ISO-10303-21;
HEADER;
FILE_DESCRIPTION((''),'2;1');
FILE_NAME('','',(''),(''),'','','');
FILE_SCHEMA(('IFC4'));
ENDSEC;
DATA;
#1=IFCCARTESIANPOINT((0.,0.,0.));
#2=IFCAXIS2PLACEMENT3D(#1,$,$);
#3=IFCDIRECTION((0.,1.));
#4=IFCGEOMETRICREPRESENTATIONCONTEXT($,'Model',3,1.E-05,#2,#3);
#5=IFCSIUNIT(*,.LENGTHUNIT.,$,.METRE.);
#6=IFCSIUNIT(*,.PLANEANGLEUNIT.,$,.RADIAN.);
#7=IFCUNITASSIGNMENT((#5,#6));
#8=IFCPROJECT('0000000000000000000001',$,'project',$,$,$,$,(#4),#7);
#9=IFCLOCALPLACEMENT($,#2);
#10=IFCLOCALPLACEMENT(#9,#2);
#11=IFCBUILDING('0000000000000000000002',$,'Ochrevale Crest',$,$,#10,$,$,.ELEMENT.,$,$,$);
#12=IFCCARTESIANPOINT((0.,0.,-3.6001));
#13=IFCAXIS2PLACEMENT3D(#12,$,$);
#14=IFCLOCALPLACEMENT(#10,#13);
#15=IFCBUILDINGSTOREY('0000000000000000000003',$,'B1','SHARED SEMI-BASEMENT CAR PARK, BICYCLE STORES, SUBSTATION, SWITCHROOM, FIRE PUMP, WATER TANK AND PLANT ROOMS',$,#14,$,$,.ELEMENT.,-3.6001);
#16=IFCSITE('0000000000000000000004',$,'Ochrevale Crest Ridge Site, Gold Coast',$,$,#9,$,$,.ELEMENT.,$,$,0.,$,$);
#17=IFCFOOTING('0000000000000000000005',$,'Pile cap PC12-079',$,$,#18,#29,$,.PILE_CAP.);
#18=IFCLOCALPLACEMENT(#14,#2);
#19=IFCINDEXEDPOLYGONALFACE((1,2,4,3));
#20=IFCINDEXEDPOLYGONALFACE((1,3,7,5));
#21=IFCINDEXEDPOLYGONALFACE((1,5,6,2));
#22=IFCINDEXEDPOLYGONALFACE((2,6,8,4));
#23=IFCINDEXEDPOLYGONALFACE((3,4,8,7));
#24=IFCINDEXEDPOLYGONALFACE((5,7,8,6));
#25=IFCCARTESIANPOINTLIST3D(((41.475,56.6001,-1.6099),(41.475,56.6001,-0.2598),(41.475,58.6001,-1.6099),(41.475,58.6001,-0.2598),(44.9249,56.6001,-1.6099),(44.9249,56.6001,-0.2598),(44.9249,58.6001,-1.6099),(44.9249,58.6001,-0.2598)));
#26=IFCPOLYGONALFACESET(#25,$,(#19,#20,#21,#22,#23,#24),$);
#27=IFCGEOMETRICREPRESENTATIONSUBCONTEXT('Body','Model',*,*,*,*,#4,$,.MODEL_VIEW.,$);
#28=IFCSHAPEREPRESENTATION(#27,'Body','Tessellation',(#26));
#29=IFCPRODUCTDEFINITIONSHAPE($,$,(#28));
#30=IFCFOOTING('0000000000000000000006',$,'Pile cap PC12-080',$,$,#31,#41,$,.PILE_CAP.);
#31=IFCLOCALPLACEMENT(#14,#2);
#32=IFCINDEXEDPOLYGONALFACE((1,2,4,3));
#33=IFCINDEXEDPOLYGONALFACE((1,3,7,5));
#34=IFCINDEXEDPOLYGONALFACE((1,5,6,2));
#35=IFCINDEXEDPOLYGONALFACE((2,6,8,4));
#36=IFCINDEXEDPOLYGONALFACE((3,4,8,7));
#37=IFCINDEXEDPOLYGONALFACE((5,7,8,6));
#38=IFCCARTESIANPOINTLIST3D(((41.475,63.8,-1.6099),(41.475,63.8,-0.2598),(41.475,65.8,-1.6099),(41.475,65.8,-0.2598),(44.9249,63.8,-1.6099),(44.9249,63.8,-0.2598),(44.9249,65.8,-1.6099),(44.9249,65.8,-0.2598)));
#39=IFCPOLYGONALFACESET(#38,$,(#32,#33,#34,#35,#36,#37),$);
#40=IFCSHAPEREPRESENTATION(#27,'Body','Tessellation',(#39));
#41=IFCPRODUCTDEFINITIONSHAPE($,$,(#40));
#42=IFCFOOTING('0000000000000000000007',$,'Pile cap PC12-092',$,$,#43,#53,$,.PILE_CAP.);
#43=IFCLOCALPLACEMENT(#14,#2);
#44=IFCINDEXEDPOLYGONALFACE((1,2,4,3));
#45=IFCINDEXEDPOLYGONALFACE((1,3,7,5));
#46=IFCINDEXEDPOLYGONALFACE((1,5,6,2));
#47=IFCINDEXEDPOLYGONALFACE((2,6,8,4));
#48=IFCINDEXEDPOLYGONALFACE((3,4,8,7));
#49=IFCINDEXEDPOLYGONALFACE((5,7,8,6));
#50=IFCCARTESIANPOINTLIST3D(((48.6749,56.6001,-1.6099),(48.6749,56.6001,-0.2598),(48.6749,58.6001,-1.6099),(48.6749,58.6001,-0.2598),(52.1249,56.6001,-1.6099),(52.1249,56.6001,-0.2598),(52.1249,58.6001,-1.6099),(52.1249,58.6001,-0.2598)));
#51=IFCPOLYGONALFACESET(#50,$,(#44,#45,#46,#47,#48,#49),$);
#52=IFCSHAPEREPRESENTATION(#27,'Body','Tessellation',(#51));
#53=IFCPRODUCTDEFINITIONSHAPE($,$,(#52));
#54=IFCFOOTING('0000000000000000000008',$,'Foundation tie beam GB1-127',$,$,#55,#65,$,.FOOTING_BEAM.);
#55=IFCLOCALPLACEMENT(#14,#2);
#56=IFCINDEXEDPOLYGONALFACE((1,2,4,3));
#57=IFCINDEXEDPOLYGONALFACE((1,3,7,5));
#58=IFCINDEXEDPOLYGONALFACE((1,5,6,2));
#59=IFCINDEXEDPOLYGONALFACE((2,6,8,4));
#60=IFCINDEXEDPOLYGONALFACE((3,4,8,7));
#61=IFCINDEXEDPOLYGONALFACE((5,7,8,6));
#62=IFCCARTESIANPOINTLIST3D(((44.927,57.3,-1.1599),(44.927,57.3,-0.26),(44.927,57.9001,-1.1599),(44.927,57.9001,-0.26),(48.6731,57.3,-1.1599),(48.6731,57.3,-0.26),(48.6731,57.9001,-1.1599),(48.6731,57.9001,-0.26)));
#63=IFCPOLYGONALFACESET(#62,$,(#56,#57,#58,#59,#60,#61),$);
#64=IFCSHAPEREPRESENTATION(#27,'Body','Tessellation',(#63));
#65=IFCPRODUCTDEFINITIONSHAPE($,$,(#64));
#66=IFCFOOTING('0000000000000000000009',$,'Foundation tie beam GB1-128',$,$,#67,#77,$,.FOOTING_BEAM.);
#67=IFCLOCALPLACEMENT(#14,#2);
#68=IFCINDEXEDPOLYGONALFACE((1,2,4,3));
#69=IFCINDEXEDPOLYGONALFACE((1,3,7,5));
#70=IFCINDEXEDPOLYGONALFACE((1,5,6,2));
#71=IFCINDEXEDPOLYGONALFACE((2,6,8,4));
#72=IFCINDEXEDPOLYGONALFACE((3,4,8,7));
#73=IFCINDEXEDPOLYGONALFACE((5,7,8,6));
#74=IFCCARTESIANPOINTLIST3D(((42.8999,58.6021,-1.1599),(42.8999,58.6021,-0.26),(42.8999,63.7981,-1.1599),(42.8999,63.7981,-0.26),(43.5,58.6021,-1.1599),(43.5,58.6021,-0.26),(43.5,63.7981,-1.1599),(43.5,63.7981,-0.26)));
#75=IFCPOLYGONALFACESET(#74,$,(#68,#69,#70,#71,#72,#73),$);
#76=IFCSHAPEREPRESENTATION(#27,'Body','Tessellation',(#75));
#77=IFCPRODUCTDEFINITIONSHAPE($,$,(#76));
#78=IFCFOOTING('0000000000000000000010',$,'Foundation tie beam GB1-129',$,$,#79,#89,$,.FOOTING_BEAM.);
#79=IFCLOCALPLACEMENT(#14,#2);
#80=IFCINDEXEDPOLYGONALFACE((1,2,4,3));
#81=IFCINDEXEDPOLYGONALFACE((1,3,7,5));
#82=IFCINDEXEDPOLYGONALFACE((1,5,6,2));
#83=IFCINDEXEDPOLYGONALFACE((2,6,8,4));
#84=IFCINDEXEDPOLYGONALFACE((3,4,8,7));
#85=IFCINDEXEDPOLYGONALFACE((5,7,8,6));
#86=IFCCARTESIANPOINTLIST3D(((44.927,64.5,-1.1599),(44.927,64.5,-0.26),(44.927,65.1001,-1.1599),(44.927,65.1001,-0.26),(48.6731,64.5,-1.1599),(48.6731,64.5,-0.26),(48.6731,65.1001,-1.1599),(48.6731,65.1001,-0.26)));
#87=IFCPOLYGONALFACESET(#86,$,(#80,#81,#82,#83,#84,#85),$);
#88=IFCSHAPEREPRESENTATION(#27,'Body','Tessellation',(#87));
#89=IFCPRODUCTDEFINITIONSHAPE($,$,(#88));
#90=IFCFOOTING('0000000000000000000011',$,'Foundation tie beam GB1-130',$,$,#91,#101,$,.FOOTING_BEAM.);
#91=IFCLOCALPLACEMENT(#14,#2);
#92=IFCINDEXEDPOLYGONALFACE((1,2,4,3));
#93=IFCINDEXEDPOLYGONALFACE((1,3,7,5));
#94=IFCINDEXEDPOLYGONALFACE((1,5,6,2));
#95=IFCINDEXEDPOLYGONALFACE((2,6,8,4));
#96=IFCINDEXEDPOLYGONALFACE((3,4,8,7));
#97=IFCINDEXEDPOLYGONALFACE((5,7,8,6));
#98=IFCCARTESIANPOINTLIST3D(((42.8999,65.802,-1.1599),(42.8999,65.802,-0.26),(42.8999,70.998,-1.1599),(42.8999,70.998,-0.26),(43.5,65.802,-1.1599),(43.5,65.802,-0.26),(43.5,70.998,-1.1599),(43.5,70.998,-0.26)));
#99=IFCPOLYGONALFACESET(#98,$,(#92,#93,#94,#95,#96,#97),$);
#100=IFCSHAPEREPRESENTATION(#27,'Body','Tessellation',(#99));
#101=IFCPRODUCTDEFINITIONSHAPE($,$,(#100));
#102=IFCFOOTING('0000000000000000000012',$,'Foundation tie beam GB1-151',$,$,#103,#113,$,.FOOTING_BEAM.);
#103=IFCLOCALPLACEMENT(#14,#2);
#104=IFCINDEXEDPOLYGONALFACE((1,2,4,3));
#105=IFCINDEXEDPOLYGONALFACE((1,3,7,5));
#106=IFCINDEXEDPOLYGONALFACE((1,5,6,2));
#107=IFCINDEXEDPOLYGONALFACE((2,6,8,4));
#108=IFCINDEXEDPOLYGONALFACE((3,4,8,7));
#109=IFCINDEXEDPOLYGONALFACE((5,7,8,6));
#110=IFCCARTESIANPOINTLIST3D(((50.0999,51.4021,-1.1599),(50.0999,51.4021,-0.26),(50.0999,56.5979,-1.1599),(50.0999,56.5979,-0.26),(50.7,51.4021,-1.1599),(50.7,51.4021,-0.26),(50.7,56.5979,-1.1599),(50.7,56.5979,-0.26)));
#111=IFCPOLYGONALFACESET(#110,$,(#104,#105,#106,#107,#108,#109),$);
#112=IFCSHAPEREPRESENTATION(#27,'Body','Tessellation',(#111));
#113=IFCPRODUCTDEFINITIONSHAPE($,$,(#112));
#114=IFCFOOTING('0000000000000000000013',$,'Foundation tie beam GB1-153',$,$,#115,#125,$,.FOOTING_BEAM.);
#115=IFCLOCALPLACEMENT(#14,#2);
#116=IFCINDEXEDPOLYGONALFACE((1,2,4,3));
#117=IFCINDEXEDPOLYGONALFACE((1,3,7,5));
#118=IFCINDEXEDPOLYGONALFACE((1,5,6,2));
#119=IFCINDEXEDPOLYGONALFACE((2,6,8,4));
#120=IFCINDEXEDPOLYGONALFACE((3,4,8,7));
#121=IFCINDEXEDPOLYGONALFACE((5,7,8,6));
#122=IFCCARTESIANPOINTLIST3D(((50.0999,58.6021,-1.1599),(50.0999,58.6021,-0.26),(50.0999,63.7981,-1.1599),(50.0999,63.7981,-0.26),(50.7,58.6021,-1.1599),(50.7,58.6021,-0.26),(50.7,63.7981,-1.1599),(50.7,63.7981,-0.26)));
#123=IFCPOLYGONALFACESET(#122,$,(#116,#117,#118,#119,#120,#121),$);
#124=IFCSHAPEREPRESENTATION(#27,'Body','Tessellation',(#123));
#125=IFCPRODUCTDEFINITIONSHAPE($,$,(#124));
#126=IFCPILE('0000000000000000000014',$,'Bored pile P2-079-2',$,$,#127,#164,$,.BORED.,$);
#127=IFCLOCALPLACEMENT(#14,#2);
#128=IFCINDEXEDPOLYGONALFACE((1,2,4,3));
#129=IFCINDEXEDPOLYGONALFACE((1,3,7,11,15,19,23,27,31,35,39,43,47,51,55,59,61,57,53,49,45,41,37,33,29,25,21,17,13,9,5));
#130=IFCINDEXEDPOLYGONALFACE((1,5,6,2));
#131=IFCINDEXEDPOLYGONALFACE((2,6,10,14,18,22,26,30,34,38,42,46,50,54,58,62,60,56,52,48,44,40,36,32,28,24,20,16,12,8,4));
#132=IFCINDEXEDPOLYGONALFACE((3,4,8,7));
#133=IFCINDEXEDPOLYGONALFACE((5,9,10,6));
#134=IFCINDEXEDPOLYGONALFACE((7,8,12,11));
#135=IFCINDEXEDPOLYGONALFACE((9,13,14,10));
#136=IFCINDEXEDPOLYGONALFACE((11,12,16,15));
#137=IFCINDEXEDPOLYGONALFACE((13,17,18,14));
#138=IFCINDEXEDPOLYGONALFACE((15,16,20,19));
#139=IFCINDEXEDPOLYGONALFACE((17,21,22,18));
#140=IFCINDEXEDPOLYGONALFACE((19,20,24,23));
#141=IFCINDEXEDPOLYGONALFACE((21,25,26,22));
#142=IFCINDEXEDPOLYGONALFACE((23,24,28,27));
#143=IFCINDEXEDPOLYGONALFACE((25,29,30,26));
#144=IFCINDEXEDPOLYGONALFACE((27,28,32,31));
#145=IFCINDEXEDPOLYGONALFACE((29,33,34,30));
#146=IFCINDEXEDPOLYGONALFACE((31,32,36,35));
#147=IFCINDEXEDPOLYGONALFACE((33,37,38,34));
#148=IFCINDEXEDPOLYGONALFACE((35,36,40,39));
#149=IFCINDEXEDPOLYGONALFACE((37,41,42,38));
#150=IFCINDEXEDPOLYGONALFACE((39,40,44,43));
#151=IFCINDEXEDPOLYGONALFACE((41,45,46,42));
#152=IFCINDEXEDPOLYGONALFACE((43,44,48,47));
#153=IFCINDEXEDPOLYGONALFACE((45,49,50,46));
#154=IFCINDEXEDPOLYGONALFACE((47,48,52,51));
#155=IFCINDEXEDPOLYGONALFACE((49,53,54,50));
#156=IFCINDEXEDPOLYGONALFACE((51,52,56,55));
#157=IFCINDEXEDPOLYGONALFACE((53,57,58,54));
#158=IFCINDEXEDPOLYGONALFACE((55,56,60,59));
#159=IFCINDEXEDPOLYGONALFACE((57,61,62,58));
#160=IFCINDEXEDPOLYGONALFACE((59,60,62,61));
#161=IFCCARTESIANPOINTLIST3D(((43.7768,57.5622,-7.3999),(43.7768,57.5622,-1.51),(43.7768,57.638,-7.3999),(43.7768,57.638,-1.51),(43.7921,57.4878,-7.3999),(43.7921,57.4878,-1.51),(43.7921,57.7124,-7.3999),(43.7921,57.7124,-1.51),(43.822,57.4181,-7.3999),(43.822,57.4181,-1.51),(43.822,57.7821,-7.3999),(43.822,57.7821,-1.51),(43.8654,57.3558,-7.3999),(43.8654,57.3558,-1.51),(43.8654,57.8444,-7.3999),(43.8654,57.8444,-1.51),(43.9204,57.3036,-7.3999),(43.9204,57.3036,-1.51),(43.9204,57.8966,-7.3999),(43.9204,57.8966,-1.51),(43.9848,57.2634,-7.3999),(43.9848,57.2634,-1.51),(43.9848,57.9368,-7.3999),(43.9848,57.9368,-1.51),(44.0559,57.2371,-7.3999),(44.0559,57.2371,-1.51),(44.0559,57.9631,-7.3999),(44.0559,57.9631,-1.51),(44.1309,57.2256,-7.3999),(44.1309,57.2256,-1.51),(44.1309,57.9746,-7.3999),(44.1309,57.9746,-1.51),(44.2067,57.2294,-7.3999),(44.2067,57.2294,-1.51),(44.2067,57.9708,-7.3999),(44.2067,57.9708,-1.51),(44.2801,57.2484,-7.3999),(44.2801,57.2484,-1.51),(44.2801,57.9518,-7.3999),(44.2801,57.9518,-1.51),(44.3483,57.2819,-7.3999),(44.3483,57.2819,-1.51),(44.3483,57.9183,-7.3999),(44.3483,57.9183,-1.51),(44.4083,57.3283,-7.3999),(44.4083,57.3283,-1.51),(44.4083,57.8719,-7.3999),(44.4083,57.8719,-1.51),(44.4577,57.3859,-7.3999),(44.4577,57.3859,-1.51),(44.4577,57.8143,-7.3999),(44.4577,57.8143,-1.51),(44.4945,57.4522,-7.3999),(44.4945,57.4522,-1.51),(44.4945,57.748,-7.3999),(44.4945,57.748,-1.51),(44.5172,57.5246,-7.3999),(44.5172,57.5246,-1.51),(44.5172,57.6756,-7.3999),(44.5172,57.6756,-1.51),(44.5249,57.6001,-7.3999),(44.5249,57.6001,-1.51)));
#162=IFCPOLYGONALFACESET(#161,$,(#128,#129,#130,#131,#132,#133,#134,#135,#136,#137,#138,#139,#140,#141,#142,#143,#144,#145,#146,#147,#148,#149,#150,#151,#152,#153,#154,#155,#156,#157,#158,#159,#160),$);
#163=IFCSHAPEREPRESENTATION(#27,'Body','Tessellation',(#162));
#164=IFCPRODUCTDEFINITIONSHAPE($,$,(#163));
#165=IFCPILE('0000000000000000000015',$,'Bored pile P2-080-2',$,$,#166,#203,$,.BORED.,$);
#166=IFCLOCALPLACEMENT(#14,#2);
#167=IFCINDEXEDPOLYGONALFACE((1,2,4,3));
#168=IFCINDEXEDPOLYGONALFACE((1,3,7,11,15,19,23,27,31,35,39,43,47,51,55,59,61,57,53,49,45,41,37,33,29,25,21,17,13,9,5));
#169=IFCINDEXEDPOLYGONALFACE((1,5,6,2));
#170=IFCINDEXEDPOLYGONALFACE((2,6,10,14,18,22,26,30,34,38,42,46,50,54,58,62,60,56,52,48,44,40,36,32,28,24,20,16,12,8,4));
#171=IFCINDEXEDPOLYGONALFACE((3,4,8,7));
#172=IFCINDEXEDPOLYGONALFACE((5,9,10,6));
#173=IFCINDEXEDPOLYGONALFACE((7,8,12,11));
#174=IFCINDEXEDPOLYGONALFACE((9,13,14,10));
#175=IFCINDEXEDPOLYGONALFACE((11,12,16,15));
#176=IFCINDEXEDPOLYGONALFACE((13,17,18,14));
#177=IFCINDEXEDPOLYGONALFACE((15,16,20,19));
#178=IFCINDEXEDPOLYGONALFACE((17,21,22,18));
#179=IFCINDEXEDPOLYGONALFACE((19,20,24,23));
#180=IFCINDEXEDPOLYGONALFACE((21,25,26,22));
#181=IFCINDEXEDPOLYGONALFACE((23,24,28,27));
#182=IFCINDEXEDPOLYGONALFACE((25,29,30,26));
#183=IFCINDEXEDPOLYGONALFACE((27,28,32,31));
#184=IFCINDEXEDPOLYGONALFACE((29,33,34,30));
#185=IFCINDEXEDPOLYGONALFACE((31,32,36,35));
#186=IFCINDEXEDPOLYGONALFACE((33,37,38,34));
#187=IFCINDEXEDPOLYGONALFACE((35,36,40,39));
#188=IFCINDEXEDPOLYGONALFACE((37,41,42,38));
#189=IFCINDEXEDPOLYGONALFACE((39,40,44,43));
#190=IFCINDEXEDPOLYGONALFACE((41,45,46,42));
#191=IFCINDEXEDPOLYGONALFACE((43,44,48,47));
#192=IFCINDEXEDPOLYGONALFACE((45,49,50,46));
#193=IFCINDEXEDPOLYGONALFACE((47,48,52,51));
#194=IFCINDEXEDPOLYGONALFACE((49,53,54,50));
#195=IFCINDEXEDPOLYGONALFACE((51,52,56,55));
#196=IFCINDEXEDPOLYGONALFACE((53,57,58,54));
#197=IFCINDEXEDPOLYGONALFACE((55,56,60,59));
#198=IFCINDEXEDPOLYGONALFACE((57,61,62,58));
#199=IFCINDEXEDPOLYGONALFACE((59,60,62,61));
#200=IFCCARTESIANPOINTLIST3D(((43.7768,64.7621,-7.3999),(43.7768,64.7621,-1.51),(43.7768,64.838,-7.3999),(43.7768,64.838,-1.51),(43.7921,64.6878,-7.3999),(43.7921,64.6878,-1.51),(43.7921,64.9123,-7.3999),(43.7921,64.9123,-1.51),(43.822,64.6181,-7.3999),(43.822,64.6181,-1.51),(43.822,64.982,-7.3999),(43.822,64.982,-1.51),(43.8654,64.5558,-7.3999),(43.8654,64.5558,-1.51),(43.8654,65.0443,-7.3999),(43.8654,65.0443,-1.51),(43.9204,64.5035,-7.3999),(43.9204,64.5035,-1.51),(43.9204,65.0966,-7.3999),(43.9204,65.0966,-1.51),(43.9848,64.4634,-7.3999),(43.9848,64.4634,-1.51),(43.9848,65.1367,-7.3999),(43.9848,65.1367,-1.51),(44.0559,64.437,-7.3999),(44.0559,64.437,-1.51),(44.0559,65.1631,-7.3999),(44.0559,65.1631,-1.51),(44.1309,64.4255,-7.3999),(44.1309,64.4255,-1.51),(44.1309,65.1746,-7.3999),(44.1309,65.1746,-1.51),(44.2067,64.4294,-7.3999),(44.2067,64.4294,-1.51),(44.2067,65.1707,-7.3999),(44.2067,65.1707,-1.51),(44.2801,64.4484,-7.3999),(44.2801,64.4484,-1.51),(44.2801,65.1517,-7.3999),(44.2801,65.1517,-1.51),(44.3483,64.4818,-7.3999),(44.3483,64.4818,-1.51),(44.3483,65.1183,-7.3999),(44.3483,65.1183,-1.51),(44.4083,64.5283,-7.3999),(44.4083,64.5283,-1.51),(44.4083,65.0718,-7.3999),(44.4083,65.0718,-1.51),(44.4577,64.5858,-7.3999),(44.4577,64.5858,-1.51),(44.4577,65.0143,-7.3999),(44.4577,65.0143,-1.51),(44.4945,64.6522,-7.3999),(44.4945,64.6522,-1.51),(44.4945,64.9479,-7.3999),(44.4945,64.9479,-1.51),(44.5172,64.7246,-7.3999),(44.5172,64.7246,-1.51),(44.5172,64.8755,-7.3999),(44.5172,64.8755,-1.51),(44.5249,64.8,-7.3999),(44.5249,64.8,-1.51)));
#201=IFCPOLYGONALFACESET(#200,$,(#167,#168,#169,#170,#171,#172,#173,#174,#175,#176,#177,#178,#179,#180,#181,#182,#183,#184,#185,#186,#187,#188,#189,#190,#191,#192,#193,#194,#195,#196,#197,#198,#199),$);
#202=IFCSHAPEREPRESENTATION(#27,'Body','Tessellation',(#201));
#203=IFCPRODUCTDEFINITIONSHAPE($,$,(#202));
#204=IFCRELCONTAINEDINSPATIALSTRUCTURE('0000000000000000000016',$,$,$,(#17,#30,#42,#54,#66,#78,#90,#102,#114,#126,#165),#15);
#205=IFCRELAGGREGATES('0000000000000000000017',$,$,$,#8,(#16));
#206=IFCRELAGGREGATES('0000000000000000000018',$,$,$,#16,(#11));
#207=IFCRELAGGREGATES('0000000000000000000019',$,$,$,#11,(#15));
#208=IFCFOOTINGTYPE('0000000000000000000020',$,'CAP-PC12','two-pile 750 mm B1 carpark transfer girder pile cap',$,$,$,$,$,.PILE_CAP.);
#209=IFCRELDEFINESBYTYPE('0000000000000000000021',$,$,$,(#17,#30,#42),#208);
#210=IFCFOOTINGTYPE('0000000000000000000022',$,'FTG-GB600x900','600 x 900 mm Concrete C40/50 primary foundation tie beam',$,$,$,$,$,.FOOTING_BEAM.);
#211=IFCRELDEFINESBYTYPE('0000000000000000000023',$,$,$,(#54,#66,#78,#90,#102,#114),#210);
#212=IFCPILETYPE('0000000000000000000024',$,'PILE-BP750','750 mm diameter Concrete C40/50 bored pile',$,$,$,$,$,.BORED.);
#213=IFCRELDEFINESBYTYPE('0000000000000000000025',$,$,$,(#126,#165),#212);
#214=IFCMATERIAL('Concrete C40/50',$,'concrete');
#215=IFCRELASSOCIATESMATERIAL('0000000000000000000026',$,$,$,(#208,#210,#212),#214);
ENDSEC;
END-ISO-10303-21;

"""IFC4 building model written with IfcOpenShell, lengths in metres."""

from ifc_helpers import new_model, si_unit, direction, frame, origin, origin_2d, place, context, subcontext, project, spatial, rectangle, circle, extrude, material, material_profile, profile_set, type_object, element, save


model = new_model("IFC4")

# Units and contexts
model_context = context("Model", 3, precision=1e-05, world=origin(), true_north=direction((0.0, 1.0)))
body_context = subcontext(model_context, "Body", "Model", "MODEL_VIEW")
ifc_project = project(units=[si_unit("LENGTHUNIT", "METRE"), si_unit("PLANEANGLEUNIT", "RADIAN")], contexts=[model_context])

# Site, building, storey
site_placement = place(None, origin())
site = spatial("IfcSite", under=ifc_project, at=site_placement, Name="Ochrevale Crest Ridge Site, Gold Coast", CompositionType="ELEMENT", RefElevation=0.0)
building_placement = place(site_placement, origin())
building = spatial("IfcBuilding", under=site, at=building_placement, Name="Ochrevale Crest", CompositionType="ELEMENT")
storey_placement = place(building_placement, frame((0.0, 0.0, -3.6001)))
storey = spatial("IfcBuildingStorey", under=building, at=storey_placement, Name="B1", Description="SHARED SEMI-BASEMENT CAR PARK, BICYCLE STORES, SUBSTATION, SWITCHROOM, FIRE PUMP, WATER TANK AND PLANT ROOMS", CompositionType="ELEMENT", Elevation=-3.6001)

# Footings
ifc_material_1 = material(Name="Concrete C40/50", Category="concrete")
footing_type_1 = type_object("IfcFootingType", Name="CAP-PC12", Description="two-pile 750 mm B1 carpark transfer girder pile cap", PredefinedType="PILE_CAP", material=ifc_material_1)
for number, where, z_axis, x_axis, name in (
    (1, (43.2, 57.6001, -1.6099), (0.0, 0.0, 1.0), (1.0, 0.0, 0.0), "Pile cap PC12-079"),
    (2, (43.2, 64.8, -1.6099), (0.0, 0.0, 1.0), (1.0, 0.0, 0.0), "Pile cap PC12-080"),
    (3, (50.3999, 57.6001, -1.6099), (0.0, 0.0, 1.0), (1.0, 0.0, 0.0), "Pile cap PC12-092"),
):
    element("IfcFooting", number, at=place(storey_placement, frame(where, z_axis=z_axis, x_axis=x_axis)), inside=storey, type_object=footing_type_1, Name=name, PredefinedType="PILE_CAP", context=body_context, shape_type="SweptSolid", body=[
        extrude(rectangle(XDim=3.45, YDim=2.0, at=origin_2d()), origin(), (0.0, 0.0, 1.0), 1.3501),
    ])
ifc_material_profile_1 = material_profile(ifc_material_1, rectangle(XDim=0.6001, YDim=0.8999, at=origin_2d()), Name="GB 600x900")
ifc_profile_set_1 = profile_set([ifc_material_profile_1], Name="Concrete C40/50")
footing_type_2 = type_object("IfcFootingType", Name="FTG-GB600x900", Description="600 x 900 mm Concrete C40/50 primary foundation tie beam", PredefinedType="FOOTING_BEAM", material=ifc_profile_set_1)
footing_1_placement = place(storey_placement, frame((44.927, 57.6001, -0.71), z_axis=(1.0, 0.0, 0.0), x_axis=(0.0, 1.0, 0.0)))
element("IfcFooting", 4, at=footing_1_placement, inside=storey, type_object=footing_type_2, Name="Foundation tie beam GB1-127", PredefinedType="FOOTING_BEAM", context=body_context, shape_type="SweptSolid", body=[
    extrude(rectangle(XDim=0.6001, YDim=0.8999, at=origin_2d()), origin(), (0.0, 0.0, 1.0), 3.7461),
])
footing_2_placement = place(storey_placement, frame((43.2, 58.6021, -0.71), z_axis=(0.0, 1.0, 0.0), x_axis=(-1.0, 0.0, 0.0)))
element("IfcFooting", 5, at=footing_2_placement, inside=storey, type_object=footing_type_2, Name="Foundation tie beam GB1-128", PredefinedType="FOOTING_BEAM", context=body_context, shape_type="SweptSolid", body=[
    extrude(rectangle(XDim=0.6001, YDim=0.8999, at=origin_2d()), origin(), (0.0, 0.0, 1.0), 5.196),
])
footing_3_placement = place(storey_placement, frame((44.927, 64.8, -0.71), z_axis=(1.0, 0.0, 0.0), x_axis=(0.0, 1.0, 0.0)))
element("IfcFooting", 6, at=footing_3_placement, inside=storey, type_object=footing_type_2, Name="Foundation tie beam GB1-129", PredefinedType="FOOTING_BEAM", context=body_context, shape_type="SweptSolid", body=[
    extrude(rectangle(XDim=0.6001, YDim=0.8999, at=origin_2d()), origin(), (0.0, 0.0, 1.0), 3.7461),
])
footing_4_placement = place(storey_placement, frame((43.2, 65.802, -0.71), z_axis=(0.0, 1.0, 0.0), x_axis=(-1.0, 0.0, 0.0)))
element("IfcFooting", 7, at=footing_4_placement, inside=storey, type_object=footing_type_2, Name="Foundation tie beam GB1-130", PredefinedType="FOOTING_BEAM", context=body_context, shape_type="SweptSolid", body=[
    extrude(rectangle(XDim=0.6001, YDim=0.8999, at=origin_2d()), origin(), (0.0, 0.0, 1.0), 5.196),
])
footing_5_placement = place(storey_placement, frame((50.3999, 51.4021, -0.71), z_axis=(0.0, 1.0, 0.0), x_axis=(-1.0, 0.0, 0.0)))
element("IfcFooting", 8, at=footing_5_placement, inside=storey, type_object=footing_type_2, Name="Foundation tie beam GB1-151", PredefinedType="FOOTING_BEAM", context=body_context, shape_type="SweptSolid", body=[
    extrude(rectangle(XDim=0.6001, YDim=0.8999, at=origin_2d()), origin(), (0.0, 0.0, 1.0), 5.1958),
])
footing_6_placement = place(storey_placement, frame((50.3999, 58.6021, -0.71), z_axis=(0.0, 1.0, 0.0), x_axis=(-1.0, 0.0, 0.0)))
element("IfcFooting", 9, at=footing_6_placement, inside=storey, type_object=footing_type_2, Name="Foundation tie beam GB1-153", PredefinedType="FOOTING_BEAM", context=body_context, shape_type="SweptSolid", body=[
    extrude(rectangle(XDim=0.6001, YDim=0.8999, at=origin_2d()), origin(), (0.0, 0.0, 1.0), 5.196),
])

# Piles
ifc_material_profile_2 = material_profile(ifc_material_1, circle(Radius=0.375, at=origin_2d()), Name="BORED PILE 750")
ifc_profile_set_2 = profile_set([ifc_material_profile_2], Name="Concrete C40/50")
pile_type = type_object("IfcPileType", Name="PILE-BP750", Description="750 mm diameter Concrete C40/50 bored pile", PredefinedType="BORED", material=ifc_profile_set_2)
for number, where, z_axis, x_axis, name in (
    (10, (44.1499, 57.6001, -1.51), (0.0, 0.0, -1.0), (1.0, 0.0, 0.0), "Bored pile P2-079-2"),
    (11, (44.1499, 64.8, -1.51), (0.0, 0.0, -1.0), (1.0, 0.0, 0.0), "Bored pile P2-080-2"),
):
    element("IfcPile", number, at=place(storey_placement, frame(where, z_axis=z_axis, x_axis=x_axis)), inside=storey, type_object=pile_type, Name=name, PredefinedType="BORED", context=body_context, shape_type="SweptSolid", body=[
        extrude(circle(Radius=0.375, at=origin_2d()), origin(), (0.0, 0.0, 1.0), 5.8899),
    ])

save(model, "model.ifc")
